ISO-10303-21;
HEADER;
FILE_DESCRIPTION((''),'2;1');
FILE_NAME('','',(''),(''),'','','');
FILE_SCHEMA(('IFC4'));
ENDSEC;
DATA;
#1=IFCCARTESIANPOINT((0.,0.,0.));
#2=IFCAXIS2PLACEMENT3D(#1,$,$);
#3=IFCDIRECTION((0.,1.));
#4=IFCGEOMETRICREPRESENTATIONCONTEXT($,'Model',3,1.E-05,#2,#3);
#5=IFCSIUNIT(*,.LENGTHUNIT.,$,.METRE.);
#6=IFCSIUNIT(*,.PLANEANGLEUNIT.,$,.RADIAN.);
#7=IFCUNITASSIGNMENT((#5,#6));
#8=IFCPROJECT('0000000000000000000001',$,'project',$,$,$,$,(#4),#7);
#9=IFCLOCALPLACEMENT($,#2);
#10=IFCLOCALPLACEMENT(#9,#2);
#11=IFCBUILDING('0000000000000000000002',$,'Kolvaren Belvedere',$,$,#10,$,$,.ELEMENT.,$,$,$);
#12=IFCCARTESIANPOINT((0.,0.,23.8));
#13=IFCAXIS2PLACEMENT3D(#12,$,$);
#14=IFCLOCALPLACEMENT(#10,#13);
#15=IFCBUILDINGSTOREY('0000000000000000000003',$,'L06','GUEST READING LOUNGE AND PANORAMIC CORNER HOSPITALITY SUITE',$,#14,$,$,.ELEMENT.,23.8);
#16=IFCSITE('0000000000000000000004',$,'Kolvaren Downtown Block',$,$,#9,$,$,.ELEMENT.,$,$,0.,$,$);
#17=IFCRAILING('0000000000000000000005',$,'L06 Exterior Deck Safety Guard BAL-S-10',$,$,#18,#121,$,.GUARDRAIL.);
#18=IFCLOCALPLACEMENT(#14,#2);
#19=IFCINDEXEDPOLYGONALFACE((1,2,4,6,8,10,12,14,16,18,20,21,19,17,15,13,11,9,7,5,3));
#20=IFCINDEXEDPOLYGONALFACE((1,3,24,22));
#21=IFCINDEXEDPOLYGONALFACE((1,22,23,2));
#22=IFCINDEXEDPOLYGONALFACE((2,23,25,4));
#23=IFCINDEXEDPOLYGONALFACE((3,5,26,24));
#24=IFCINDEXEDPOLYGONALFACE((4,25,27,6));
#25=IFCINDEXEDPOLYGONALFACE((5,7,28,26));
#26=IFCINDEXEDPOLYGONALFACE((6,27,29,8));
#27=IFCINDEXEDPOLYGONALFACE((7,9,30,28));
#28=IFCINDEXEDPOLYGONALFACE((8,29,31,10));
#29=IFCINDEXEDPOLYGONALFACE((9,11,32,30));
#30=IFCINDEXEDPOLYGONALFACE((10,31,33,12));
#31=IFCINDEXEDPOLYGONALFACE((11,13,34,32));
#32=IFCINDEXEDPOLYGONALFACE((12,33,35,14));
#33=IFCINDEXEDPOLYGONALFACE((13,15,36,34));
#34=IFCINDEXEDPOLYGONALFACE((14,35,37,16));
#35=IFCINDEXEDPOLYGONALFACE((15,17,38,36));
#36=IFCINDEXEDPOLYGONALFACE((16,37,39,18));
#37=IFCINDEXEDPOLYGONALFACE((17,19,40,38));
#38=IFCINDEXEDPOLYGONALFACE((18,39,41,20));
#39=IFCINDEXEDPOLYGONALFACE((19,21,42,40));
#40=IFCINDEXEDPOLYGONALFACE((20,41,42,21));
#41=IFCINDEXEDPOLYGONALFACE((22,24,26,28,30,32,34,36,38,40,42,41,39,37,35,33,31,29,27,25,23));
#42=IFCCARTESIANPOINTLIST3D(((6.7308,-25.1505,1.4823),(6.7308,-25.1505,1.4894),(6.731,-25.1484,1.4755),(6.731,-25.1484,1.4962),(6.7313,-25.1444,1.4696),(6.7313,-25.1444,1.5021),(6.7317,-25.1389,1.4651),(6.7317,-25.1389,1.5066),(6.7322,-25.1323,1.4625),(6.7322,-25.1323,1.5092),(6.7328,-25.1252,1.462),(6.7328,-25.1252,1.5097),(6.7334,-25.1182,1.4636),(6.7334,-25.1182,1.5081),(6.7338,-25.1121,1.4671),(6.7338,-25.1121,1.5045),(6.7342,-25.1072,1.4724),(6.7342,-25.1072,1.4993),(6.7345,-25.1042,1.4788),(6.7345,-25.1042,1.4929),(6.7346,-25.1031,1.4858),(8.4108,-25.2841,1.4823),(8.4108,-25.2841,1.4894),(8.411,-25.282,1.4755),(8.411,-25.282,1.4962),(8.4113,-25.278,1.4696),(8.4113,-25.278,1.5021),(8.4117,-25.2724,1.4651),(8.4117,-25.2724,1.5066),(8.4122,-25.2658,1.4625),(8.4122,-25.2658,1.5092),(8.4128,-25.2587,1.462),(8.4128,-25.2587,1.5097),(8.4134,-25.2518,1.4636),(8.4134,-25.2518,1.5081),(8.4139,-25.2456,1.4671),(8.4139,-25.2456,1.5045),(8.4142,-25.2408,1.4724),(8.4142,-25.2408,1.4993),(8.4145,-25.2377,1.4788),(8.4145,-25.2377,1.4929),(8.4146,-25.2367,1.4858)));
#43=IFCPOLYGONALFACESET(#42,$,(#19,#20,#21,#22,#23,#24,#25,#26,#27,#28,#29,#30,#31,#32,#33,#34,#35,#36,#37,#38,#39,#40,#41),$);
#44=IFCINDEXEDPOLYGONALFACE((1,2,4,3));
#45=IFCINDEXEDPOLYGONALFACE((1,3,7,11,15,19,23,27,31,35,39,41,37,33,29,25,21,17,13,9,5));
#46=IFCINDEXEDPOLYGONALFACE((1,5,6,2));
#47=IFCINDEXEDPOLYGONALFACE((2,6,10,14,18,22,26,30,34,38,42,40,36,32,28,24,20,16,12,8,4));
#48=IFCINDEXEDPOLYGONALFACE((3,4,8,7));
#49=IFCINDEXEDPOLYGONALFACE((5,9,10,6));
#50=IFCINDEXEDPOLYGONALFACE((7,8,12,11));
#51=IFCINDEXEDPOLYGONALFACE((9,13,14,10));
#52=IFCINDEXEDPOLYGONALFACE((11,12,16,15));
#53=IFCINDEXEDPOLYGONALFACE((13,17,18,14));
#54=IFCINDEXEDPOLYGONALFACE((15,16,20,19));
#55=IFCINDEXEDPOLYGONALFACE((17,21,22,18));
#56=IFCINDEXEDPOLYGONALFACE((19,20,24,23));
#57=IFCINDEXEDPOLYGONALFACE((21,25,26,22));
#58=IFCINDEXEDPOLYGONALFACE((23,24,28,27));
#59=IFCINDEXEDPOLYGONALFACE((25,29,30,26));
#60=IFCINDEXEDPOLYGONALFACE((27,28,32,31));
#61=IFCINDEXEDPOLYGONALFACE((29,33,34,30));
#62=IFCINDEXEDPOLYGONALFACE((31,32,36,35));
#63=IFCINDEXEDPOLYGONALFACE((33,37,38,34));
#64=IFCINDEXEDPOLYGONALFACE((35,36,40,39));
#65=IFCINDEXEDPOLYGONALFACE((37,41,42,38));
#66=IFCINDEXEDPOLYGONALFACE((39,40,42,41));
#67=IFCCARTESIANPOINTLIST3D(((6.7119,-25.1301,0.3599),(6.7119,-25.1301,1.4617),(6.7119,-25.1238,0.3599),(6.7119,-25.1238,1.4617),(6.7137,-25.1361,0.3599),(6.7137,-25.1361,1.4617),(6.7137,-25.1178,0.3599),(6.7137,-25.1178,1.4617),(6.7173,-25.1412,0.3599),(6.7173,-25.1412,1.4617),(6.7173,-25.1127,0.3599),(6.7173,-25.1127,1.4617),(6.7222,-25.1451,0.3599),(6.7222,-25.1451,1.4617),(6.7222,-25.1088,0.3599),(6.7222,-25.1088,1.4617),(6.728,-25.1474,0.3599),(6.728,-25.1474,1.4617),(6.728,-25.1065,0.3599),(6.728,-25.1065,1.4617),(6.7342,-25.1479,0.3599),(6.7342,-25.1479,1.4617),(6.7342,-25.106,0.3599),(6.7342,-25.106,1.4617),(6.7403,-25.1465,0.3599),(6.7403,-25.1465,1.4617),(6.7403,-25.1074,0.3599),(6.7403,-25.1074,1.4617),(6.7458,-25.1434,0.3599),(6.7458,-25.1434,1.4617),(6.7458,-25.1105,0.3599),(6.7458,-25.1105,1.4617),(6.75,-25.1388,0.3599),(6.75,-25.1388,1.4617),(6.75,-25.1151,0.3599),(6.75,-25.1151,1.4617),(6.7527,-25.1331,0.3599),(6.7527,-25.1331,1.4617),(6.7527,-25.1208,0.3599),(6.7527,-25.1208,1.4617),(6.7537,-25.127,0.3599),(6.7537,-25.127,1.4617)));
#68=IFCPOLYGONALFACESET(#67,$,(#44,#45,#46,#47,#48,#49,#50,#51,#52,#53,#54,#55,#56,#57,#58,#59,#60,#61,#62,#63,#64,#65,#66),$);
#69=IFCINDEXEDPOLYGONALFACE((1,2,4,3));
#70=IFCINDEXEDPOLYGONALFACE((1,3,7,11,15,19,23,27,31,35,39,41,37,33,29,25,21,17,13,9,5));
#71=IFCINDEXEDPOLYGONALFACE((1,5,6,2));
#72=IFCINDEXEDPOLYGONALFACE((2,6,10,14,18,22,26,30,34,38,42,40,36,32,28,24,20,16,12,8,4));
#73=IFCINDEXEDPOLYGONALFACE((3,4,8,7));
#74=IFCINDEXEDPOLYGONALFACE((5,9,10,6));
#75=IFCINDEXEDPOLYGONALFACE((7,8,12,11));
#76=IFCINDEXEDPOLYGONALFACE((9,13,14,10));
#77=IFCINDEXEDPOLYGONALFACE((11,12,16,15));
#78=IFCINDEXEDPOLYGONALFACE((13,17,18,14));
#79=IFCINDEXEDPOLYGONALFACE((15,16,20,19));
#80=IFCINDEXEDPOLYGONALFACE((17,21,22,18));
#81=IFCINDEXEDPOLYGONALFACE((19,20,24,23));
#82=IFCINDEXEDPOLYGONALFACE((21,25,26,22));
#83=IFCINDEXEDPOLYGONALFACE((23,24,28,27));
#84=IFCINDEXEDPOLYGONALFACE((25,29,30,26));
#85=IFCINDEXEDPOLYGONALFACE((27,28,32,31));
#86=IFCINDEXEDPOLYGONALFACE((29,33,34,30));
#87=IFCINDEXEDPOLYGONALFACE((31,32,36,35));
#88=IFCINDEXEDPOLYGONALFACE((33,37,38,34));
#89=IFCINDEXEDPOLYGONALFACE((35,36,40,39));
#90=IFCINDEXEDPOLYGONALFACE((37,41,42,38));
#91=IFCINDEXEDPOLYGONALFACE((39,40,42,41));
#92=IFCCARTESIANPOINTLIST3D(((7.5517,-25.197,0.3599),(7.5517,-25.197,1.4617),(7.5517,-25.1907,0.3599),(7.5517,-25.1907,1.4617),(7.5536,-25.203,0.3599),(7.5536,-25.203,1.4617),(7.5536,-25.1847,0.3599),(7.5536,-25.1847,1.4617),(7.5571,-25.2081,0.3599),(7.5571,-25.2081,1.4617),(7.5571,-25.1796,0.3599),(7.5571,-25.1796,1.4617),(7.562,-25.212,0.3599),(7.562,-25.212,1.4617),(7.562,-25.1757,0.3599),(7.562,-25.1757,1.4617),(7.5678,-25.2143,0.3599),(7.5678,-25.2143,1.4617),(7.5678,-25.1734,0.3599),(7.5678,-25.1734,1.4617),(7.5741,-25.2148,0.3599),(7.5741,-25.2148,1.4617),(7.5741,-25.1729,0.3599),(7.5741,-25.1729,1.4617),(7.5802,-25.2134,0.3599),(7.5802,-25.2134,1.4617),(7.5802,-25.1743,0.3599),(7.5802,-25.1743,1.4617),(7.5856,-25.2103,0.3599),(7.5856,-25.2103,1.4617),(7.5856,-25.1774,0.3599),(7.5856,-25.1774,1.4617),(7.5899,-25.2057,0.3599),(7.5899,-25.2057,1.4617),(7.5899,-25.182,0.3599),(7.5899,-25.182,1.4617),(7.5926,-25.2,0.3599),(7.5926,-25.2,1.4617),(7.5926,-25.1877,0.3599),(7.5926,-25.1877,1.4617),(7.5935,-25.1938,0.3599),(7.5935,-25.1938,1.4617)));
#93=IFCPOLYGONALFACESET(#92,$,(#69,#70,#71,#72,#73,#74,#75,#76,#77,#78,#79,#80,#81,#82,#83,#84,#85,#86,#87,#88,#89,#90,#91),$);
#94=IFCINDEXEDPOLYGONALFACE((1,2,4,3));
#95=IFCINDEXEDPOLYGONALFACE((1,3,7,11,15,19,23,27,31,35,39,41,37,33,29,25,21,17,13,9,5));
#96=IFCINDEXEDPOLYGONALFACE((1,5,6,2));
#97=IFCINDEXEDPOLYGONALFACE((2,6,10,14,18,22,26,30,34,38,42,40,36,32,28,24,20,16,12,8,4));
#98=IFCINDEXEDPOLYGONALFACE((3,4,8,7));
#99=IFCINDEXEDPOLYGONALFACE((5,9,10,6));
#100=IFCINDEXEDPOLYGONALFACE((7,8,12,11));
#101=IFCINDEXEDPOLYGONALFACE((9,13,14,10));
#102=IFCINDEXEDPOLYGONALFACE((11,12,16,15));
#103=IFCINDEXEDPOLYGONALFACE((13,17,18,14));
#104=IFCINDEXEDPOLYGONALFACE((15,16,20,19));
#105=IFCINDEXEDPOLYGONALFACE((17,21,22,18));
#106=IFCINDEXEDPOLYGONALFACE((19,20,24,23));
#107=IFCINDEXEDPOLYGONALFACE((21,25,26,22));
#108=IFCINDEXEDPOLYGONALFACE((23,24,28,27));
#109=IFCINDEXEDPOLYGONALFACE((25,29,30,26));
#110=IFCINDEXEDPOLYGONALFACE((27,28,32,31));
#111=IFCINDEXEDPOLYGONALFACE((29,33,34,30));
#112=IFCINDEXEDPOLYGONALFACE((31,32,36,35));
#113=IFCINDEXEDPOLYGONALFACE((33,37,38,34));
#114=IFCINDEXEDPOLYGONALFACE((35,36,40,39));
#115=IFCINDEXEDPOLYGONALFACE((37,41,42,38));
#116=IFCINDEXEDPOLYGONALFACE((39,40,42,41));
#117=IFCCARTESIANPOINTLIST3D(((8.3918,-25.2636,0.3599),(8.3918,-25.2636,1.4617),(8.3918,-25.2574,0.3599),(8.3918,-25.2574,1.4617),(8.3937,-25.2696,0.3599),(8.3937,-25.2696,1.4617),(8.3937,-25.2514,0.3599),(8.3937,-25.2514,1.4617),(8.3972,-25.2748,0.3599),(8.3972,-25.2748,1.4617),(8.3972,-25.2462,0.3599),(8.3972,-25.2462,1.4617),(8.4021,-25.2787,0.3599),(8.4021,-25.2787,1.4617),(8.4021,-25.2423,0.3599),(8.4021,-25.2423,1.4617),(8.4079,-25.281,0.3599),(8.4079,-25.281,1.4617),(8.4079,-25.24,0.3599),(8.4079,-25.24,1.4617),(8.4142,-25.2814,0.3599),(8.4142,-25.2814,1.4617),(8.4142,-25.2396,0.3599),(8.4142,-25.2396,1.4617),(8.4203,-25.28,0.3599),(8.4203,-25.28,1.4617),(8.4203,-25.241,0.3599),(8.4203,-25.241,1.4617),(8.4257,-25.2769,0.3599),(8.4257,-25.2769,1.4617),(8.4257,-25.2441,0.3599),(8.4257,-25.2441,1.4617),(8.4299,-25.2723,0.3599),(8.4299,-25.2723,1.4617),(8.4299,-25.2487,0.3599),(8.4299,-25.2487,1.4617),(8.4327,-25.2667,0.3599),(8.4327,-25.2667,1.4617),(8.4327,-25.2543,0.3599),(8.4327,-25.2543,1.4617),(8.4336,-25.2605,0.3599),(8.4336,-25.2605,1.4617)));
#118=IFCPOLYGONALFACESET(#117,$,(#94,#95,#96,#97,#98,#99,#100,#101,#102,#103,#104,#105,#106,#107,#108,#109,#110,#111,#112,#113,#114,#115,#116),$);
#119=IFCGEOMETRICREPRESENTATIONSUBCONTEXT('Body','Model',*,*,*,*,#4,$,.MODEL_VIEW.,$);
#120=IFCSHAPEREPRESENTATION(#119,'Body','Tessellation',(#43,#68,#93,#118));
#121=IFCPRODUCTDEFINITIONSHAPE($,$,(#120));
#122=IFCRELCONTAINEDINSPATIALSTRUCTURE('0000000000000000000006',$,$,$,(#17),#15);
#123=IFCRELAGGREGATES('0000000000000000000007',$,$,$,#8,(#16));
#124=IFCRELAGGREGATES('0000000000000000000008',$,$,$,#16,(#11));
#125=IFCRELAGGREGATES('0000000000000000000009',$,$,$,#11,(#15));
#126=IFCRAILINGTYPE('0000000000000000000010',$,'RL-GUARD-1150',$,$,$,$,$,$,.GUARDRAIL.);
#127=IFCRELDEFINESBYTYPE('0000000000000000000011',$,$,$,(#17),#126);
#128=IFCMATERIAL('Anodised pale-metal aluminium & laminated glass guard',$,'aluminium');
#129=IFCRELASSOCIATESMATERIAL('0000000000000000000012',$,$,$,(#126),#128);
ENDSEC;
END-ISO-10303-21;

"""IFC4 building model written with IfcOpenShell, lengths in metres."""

from ifc_helpers import new_model, si_unit, direction, frame, origin, origin_2d, place, context, subcontext, project, spatial, circle, extrude, material, type_object, element, save


model = new_model("IFC4")

# Units and contexts
model_context = context("Model", 3, precision=1e-05, world=origin(), true_north=direction((0.0, 1.0)))
body_context = subcontext(model_context, "Body", "Model", "MODEL_VIEW")
ifc_project = project(units=[si_unit("LENGTHUNIT", "METRE"), si_unit("PLANEANGLEUNIT", "RADIAN")], contexts=[model_context])

# Site, building, storey
site_placement = place(None, origin())
site = spatial("IfcSite", under=ifc_project, at=site_placement, Name="Kolvaren Downtown Block", CompositionType="ELEMENT", RefElevation=0.0)
building_placement = place(site_placement, origin())
building = spatial("IfcBuilding", under=site, at=building_placement, Name="Kolvaren Belvedere", CompositionType="ELEMENT")
storey_placement = place(building_placement, frame((0.0, 0.0, 23.8)))
storey = spatial("IfcBuildingStorey", under=building, at=storey_placement, Name="L06", Description="GUEST READING LOUNGE AND PANORAMIC CORNER HOSPITALITY SUITE", CompositionType="ELEMENT", Elevation=23.8)

# Railing
ifc_material_1 = material(Name="Anodised pale-metal aluminium & laminated glass guard", Category="aluminium")
railing_type = type_object("IfcRailingType", Name="RL-GUARD-1150", PredefinedType="GUARDRAIL", material=ifc_material_1)
railing_1_placement = place(storey_placement, frame((6.7327, -25.127, 0.3599)))
element("IfcRailing", 1, at=railing_1_placement, inside=storey, type_object=railing_type, Name="L06 Exterior Deck Safety Guard BAL-S-10", PredefinedType="GUARDRAIL", context=body_context, shape_type="SweptSolid", body=[
    extrude(circle(Radius=0.0239, at=origin_2d()), frame((0.0, 0.0, 1.126), z_axis=(0.996855, -0.079244, 0.0), x_axis=(0.079244, 0.996855, 0.0)), (0.0, 0.0, 1.0), 1.6853),
    extrude(circle(Radius=0.021, at=origin_2d()), origin(), (0.0, 0.0, 1.0), 1.1018),
    extrude(circle(Radius=0.021, at=origin_2d()), frame((0.8398, -0.0669, 0.0)), (0.0, 0.0, 1.0), 1.1018),
    extrude(circle(Radius=0.021, at=origin_2d()), frame((1.6799, -0.1335, 0.0)), (0.0, 0.0, 1.0), 1.1018),
])

save(model, "model.ifc")
